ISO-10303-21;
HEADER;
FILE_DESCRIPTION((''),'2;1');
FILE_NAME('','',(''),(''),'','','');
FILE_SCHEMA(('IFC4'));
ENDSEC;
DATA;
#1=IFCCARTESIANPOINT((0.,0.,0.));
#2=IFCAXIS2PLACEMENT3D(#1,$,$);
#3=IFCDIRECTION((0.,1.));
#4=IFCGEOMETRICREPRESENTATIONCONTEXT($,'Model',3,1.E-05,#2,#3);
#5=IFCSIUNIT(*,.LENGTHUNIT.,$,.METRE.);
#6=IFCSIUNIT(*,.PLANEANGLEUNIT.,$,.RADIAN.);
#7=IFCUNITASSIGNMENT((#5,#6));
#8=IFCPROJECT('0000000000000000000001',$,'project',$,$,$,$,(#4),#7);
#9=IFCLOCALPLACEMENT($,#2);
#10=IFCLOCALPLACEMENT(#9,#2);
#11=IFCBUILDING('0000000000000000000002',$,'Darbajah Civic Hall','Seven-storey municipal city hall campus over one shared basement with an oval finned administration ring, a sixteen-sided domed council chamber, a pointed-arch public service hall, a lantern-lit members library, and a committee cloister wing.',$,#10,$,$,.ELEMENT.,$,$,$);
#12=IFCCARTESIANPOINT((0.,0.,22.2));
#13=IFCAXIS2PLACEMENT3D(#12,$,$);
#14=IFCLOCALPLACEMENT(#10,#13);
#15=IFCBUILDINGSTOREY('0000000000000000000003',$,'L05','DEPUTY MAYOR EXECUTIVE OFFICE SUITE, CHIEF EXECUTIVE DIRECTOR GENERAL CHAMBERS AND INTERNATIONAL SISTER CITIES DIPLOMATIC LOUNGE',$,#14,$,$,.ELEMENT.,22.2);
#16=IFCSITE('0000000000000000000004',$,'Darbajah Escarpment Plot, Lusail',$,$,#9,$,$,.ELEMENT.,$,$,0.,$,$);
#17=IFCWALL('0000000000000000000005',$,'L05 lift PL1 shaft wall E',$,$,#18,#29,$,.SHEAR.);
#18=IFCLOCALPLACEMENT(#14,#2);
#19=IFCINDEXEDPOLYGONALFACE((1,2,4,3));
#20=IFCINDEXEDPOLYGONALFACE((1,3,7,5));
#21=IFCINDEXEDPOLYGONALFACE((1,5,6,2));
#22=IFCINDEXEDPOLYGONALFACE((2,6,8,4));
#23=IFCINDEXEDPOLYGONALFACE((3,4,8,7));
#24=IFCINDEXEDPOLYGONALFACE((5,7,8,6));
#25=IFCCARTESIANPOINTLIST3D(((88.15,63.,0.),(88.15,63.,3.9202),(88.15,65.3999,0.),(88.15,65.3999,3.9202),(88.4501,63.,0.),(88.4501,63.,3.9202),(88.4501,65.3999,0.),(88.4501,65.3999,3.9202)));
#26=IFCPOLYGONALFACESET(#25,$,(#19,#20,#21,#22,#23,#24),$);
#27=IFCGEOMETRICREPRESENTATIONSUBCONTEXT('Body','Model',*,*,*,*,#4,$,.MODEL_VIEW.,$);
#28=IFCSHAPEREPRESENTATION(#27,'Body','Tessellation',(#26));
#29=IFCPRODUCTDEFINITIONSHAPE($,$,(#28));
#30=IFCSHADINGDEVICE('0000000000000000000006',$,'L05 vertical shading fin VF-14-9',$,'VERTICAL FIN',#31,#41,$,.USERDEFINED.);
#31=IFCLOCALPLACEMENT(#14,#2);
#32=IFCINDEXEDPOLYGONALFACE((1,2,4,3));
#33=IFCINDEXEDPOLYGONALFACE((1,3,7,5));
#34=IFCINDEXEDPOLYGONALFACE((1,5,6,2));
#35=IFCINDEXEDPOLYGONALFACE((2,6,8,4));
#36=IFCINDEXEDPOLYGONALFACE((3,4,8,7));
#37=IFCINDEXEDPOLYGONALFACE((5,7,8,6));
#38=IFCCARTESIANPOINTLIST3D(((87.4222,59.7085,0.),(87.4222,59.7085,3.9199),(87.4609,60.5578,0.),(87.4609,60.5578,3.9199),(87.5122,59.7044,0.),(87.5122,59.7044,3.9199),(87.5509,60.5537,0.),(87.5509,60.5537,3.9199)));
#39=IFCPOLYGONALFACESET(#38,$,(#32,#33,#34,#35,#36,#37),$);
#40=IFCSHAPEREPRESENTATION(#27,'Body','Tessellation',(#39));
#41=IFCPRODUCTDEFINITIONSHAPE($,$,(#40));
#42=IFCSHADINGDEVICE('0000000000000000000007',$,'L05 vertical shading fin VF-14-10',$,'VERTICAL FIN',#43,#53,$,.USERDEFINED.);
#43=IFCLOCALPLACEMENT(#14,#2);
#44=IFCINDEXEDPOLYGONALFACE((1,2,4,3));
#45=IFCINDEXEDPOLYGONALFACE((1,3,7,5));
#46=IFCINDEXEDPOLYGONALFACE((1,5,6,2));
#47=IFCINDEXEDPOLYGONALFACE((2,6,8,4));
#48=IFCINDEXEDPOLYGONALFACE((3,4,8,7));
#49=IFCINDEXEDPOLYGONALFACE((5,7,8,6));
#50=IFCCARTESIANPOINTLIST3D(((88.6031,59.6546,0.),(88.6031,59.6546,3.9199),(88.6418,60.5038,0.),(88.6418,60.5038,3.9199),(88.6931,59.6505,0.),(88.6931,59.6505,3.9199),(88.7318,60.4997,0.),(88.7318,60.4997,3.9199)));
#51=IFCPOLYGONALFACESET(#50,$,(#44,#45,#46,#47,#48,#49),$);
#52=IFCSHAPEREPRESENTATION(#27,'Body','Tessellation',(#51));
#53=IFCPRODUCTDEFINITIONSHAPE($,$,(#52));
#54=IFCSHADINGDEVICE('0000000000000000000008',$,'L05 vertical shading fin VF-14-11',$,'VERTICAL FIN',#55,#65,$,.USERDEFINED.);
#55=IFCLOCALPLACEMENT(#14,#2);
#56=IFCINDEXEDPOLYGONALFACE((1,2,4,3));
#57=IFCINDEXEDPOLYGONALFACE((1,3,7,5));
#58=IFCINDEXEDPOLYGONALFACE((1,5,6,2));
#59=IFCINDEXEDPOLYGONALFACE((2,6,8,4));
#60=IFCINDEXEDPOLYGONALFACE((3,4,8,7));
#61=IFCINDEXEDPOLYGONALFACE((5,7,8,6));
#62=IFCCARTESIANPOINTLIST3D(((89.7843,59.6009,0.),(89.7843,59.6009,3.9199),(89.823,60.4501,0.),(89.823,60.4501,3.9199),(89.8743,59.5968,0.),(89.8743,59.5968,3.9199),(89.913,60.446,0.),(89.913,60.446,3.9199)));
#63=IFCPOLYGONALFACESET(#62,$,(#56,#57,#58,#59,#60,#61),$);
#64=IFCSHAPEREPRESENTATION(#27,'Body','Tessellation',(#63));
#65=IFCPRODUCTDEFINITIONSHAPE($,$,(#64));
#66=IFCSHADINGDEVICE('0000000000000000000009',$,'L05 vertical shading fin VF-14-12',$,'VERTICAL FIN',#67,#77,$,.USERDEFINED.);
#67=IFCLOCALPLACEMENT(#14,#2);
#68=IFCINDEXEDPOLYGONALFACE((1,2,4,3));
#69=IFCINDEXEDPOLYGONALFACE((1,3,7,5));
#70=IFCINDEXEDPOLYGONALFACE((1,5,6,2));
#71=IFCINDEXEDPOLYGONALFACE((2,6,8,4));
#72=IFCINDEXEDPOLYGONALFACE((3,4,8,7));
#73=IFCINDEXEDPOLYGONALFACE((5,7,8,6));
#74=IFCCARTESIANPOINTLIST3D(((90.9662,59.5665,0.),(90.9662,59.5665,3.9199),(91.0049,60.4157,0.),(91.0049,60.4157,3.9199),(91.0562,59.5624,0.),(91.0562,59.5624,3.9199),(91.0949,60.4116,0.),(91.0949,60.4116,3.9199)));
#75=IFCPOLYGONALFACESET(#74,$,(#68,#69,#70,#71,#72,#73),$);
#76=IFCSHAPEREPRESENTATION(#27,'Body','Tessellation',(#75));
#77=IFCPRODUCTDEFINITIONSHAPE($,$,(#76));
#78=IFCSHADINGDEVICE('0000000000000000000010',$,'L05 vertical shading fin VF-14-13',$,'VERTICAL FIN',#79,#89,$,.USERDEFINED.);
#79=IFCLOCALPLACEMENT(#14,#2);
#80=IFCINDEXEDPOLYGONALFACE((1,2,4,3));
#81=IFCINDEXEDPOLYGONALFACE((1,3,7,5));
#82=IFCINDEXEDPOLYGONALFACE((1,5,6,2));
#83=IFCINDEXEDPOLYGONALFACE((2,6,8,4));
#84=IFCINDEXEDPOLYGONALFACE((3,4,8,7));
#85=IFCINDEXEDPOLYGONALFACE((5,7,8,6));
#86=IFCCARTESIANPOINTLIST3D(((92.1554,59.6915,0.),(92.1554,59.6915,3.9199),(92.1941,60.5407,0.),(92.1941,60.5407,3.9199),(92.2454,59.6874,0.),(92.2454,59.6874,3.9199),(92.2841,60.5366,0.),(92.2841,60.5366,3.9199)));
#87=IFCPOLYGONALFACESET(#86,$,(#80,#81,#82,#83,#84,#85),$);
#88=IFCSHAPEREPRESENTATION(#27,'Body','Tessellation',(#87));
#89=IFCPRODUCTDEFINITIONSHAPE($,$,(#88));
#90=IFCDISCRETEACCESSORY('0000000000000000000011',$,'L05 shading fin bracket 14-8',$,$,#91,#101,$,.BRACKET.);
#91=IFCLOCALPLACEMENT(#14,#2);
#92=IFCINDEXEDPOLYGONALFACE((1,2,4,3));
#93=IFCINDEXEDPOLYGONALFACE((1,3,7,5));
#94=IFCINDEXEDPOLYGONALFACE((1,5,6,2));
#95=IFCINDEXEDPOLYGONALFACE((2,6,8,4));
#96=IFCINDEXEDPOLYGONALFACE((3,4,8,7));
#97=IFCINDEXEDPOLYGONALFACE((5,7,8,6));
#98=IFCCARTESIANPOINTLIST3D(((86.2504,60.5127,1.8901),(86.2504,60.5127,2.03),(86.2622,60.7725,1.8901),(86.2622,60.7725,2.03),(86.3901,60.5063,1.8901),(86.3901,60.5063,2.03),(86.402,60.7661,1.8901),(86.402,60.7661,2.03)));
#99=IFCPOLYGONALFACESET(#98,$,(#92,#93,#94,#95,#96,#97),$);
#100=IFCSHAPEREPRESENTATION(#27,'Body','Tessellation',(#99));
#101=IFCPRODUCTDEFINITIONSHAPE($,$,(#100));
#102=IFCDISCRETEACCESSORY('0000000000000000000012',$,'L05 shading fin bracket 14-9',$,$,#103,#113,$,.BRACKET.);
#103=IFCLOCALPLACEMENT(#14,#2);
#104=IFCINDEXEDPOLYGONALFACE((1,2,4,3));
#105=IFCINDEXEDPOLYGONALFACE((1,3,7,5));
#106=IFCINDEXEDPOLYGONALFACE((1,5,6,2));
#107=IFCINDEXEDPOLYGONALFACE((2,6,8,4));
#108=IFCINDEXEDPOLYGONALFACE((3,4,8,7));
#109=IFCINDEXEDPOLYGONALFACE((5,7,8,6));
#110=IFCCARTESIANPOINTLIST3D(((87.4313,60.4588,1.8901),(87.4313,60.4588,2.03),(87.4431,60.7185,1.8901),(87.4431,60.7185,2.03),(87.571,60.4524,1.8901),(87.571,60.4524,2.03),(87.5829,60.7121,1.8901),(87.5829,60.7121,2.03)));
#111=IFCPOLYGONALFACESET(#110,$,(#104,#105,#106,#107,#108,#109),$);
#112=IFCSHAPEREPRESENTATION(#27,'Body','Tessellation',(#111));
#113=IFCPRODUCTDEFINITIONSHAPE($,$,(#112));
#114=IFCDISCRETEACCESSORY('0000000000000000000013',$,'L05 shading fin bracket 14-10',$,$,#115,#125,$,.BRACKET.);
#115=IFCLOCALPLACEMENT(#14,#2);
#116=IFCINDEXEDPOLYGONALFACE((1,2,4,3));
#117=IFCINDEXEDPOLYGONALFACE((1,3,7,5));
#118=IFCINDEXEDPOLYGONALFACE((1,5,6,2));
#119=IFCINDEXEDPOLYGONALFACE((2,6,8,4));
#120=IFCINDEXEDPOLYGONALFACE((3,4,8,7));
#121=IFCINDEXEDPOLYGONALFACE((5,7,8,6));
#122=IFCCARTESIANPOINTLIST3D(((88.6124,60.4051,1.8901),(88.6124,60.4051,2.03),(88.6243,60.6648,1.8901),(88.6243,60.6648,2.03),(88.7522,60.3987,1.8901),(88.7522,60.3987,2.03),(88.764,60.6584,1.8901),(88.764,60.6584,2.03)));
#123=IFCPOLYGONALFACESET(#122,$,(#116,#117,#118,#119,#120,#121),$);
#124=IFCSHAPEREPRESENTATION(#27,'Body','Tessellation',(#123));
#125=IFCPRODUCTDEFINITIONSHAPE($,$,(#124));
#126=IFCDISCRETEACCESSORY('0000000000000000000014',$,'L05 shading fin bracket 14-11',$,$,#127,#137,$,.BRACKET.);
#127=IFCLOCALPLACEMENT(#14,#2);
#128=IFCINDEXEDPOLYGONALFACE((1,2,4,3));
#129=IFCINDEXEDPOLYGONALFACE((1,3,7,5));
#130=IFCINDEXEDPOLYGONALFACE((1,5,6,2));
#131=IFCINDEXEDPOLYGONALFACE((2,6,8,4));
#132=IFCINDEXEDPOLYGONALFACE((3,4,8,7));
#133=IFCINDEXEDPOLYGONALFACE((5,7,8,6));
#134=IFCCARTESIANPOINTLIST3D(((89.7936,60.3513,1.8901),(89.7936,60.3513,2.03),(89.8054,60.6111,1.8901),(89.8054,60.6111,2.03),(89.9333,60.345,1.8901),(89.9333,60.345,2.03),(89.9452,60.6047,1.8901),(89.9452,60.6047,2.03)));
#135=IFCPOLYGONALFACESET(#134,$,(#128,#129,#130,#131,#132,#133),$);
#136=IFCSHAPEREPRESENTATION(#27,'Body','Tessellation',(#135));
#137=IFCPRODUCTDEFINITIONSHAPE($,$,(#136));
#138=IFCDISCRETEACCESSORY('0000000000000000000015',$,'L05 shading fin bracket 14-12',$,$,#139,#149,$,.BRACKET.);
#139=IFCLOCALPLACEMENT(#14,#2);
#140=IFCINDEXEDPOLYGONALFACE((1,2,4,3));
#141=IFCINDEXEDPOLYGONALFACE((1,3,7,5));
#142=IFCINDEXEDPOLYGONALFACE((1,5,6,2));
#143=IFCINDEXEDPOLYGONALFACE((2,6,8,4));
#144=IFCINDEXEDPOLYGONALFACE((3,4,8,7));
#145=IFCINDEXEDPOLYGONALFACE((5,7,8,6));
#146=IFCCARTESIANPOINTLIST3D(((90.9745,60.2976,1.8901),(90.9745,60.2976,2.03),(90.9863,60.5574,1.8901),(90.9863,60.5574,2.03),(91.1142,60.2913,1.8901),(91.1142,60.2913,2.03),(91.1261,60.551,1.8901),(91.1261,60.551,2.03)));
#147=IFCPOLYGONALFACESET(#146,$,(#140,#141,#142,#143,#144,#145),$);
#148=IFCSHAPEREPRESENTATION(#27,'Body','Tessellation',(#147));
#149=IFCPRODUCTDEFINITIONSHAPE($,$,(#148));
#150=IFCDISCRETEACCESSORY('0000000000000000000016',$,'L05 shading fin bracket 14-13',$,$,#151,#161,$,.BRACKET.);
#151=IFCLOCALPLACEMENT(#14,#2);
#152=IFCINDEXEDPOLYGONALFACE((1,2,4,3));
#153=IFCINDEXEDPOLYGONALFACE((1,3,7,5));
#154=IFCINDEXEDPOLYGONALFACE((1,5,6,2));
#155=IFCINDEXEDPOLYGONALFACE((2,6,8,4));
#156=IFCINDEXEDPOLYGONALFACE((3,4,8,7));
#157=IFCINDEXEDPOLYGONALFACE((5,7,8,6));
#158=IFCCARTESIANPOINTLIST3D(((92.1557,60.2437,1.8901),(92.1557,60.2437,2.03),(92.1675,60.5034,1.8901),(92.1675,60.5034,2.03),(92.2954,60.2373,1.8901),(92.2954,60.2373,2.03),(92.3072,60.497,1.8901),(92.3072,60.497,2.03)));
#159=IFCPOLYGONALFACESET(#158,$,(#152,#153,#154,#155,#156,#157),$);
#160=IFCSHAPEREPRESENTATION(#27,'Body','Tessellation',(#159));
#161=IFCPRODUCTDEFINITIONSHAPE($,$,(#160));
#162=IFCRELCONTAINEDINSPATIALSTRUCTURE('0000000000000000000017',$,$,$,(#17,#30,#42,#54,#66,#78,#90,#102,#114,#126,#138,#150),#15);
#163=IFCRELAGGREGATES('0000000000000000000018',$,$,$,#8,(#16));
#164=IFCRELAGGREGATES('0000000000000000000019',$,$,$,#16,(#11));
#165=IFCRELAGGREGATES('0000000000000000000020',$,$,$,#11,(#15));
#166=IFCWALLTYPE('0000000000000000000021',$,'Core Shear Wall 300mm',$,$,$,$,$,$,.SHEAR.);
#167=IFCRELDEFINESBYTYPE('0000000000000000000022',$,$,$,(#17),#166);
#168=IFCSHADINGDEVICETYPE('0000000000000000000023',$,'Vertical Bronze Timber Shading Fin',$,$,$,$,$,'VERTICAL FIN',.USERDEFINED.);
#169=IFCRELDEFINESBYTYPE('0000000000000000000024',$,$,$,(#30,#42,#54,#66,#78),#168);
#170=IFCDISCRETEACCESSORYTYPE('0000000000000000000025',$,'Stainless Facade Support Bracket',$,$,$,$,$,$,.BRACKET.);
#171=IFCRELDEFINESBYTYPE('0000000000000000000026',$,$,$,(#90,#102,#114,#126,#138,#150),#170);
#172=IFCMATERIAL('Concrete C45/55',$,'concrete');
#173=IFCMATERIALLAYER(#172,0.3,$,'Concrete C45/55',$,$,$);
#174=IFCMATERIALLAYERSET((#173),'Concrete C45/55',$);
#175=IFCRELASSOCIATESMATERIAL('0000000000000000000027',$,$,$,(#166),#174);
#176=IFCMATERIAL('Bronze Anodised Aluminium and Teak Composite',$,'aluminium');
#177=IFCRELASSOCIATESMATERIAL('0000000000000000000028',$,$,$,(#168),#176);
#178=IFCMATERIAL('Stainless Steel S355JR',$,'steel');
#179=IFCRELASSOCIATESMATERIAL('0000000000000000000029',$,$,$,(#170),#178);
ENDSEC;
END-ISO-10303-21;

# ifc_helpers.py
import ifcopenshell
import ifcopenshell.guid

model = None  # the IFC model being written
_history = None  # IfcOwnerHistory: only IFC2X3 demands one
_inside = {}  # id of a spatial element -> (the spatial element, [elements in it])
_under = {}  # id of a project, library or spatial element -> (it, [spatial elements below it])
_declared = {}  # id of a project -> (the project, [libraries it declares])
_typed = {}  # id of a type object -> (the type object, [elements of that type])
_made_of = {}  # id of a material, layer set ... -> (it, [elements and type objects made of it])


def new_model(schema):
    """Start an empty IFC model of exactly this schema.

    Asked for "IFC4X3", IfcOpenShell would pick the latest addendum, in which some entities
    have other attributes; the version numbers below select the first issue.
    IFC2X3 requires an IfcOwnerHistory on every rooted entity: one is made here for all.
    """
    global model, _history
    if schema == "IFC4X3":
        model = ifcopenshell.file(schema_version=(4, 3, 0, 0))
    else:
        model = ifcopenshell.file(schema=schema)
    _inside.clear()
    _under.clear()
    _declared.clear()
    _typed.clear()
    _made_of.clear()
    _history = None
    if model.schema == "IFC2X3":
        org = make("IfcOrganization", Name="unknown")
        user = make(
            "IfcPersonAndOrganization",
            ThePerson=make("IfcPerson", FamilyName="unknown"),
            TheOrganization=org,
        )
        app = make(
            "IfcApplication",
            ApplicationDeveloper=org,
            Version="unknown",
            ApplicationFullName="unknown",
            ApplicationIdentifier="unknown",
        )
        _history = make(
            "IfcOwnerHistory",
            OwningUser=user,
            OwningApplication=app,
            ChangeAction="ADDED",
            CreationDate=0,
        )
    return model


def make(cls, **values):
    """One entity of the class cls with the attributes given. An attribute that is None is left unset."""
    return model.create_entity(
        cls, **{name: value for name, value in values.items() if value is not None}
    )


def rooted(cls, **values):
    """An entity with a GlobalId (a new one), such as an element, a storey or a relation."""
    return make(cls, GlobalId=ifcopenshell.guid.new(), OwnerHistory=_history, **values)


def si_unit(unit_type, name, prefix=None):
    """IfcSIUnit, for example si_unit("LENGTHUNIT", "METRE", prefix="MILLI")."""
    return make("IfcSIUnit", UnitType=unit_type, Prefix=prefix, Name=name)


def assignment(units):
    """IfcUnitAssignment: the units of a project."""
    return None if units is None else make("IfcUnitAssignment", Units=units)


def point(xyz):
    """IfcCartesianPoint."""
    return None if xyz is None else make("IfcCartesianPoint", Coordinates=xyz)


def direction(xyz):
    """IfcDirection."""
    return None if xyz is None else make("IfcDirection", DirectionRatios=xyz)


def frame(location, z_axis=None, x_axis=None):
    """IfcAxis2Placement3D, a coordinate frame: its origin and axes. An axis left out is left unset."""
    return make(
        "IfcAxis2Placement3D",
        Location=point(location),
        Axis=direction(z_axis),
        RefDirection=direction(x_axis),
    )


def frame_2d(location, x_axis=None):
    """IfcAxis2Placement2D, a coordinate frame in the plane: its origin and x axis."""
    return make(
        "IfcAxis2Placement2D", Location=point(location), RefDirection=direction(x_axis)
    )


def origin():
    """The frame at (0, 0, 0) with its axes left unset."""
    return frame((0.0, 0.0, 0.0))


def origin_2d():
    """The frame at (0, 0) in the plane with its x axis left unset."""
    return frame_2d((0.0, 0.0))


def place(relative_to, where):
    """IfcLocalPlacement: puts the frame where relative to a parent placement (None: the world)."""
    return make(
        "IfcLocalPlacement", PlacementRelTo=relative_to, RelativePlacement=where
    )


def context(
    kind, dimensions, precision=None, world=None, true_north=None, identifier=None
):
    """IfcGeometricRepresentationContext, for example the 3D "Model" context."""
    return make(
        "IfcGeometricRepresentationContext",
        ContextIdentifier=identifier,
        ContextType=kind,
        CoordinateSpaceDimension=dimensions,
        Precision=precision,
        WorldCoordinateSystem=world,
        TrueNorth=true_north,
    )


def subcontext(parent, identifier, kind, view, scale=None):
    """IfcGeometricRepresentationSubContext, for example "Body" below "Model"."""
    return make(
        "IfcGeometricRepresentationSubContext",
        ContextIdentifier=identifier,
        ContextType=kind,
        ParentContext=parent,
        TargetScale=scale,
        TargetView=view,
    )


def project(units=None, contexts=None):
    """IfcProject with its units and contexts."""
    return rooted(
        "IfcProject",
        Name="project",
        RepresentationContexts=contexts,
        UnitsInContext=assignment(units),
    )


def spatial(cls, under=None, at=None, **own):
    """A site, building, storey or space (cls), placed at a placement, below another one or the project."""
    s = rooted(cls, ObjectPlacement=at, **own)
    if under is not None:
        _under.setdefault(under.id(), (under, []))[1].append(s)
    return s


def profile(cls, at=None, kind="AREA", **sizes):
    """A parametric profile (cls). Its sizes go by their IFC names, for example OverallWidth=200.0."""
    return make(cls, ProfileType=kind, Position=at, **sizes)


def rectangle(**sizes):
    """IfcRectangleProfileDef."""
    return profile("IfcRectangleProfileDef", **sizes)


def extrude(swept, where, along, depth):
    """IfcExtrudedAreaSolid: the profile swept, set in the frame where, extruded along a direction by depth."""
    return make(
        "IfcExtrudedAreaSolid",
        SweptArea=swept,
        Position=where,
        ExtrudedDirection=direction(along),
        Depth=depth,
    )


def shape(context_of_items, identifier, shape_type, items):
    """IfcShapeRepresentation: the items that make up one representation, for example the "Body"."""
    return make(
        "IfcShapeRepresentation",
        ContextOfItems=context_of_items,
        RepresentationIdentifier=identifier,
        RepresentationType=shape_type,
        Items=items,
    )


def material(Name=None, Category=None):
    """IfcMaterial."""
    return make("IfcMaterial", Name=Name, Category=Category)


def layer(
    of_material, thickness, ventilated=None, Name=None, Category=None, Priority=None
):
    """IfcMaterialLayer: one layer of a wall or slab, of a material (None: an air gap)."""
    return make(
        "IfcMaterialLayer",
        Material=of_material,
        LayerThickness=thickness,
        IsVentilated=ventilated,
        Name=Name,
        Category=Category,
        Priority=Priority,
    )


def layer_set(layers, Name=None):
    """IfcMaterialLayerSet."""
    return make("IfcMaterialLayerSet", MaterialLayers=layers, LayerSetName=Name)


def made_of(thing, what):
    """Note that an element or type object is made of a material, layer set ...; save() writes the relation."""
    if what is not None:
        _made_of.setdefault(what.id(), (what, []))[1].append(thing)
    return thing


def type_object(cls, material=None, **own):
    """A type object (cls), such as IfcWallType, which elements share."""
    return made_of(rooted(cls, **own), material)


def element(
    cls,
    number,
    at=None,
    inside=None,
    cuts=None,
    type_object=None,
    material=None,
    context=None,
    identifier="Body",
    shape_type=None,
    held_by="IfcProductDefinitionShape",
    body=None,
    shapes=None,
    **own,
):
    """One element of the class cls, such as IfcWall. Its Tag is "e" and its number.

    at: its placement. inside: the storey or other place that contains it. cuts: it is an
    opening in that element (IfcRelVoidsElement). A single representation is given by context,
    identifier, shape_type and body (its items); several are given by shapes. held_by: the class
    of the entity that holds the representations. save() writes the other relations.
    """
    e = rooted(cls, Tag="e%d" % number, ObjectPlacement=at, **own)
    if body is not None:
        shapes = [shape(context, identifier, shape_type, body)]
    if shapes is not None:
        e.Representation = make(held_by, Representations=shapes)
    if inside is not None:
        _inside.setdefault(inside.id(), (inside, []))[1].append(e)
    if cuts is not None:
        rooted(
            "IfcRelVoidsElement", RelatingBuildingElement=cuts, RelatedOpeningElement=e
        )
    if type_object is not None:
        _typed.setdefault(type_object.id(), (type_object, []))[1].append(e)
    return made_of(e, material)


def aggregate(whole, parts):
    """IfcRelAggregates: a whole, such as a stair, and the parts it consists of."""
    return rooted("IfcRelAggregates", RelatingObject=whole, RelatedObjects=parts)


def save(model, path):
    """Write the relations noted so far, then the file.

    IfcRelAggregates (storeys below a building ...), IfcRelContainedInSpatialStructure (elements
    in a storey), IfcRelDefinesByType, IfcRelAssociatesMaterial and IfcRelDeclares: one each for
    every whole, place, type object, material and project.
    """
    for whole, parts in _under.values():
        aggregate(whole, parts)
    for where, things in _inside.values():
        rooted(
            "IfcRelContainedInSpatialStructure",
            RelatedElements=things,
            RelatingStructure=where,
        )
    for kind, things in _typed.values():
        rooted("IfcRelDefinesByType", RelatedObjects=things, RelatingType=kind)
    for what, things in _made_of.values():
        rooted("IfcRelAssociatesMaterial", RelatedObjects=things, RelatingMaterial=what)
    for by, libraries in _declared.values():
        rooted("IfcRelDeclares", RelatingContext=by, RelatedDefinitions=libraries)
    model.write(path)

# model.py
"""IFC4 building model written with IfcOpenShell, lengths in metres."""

from ifc_helpers import new_model, si_unit, direction, frame, frame_2d, origin, origin_2d, place, context, subcontext, project, spatial, rectangle, extrude, material, layer, layer_set, type_object, element, save


model = new_model("IFC4")

# Units and contexts
model_context = context("Model", 3, precision=1e-05, world=origin(), true_north=direction((0.0, 1.0)))
body_context = subcontext(model_context, "Body", "Model", "MODEL_VIEW")
ifc_project = project(units=[si_unit("LENGTHUNIT", "METRE"), si_unit("PLANEANGLEUNIT", "RADIAN")], contexts=[model_context])

# Site, building, storey
site_placement = place(None, origin())
site = spatial("IfcSite", under=ifc_project, at=site_placement, Name="Darbajah Escarpment Plot, Lusail", CompositionType="ELEMENT", RefElevation=0.0)
building_placement = place(site_placement, origin())
building = spatial("IfcBuilding", under=site, at=building_placement, Name="Darbajah Civic Hall", Description="Seven-storey municipal city hall campus over one shared basement with an oval finned administration ring, a sixteen-sided domed council chamber, a pointed-arch public service hall, a lantern-lit members library, and a committee cloister wing.", CompositionType="ELEMENT")
storey_placement = place(building_placement, frame((0.0, 0.0, 22.2)))
storey = spatial("IfcBuildingStorey", under=building, at=storey_placement, Name="L05", Description="DEPUTY MAYOR EXECUTIVE OFFICE SUITE, CHIEF EXECUTIVE DIRECTOR GENERAL CHAMBERS AND INTERNATIONAL SISTER CITIES DIPLOMATIC LOUNGE", CompositionType="ELEMENT", Elevation=22.2)

# Shared definitions
ifc_material_1 = material(Name="Concrete C45/55", Category="concrete")

# Shared definitions
ifc_layer_1 = layer(ifc_material_1, 0.3, Name="Concrete C45/55")
ifc_layer_set_1 = layer_set([ifc_layer_1], Name="Concrete C45/55")
wall_type = type_object("IfcWallType", Name="Core Shear Wall 300mm", PredefinedType="SHEAR", material=ifc_layer_set_1)

# Wall
wall_1_placement = place(storey_placement, frame((88.3, 63.0, 0.0), z_axis=(0.0, 0.0, 1.0), x_axis=(0.0, 1.0, 0.0)))
element("IfcWall", 1, at=wall_1_placement, inside=storey, type_object=wall_type, Name="L05 lift PL1 shaft wall E", PredefinedType="SHEAR", context=body_context, shape_type="SweptSolid", body=[
    extrude(rectangle(XDim=2.3999, YDim=0.3, at=frame_2d((1.2, 0.0))), origin(), (0.0, 0.0, 1.0), 3.9202),
])

# Shading devices
ifc_material_2 = material(Name="Bronze Anodised Aluminium and Teak Composite", Category="aluminium")
shading_device_type = type_object("IfcShadingDeviceType", Name="Vertical Bronze Timber Shading Fin", ElementType="VERTICAL FIN", PredefinedType="USERDEFINED", material=ifc_material_2)
for number, where, z_axis, x_axis, name in (
    (2, (87.4866, 60.1311, 0.0), (0.0, 0.0, 1.0), (-0.045537, -0.998963, 0.0), "L05 vertical shading fin VF-14-9"),
    (3, (88.6675, 60.0771, 0.0), (0.0, 0.0, 1.0), (-0.045537, -0.998963, 0.0), "L05 vertical shading fin VF-14-10"),
    (4, (89.8486, 60.0234, 0.0), (0.0, 0.0, 1.0), (-0.045537, -0.998963, 0.0), "L05 vertical shading fin VF-14-11"),
    (5, (91.0305, 59.989, 0.0), (0.0, 0.0, 1.0), (-0.045537, -0.998963, 0.0), "L05 vertical shading fin VF-14-12"),
    (6, (92.2197, 60.114, 0.0), (0.0, 0.0, 1.0), (-0.045537, -0.998963, 0.0), "L05 vertical shading fin VF-14-13"),
):
    element("IfcShadingDevice", number, at=place(storey_placement, frame(where, z_axis=z_axis, x_axis=x_axis)), inside=storey, type_object=shading_device_type, Name=name, ObjectType="VERTICAL FIN", PredefinedType="USERDEFINED", context=body_context, shape_type="SweptSolid", body=[
        extrude(rectangle(XDim=0.8501, YDim=0.0901, at=origin_2d()), origin(), (0.0, 0.0, 1.0), 3.9199),
    ])

# Discrete accessories
ifc_material_3 = material(Name="Stainless Steel S355JR", Category="steel")
discrete_accessory_type = type_object("IfcDiscreteAccessoryType", Name="Stainless Facade Support Bracket", PredefinedType="BRACKET", material=ifc_material_3)
for number, where, z_axis, x_axis, name in (
    (7, (86.3262, 60.6394, 1.8901), (0.0, 0.0, 1.0), (-0.045537, -0.998963, 0.0), "L05 shading fin bracket 14-8"),
    (8, (87.5071, 60.5854, 1.8901), (0.0, 0.0, 1.0), (-0.045537, -0.998963, 0.0), "L05 shading fin bracket 14-9"),
    (9, (88.6882, 60.5317, 1.8901), (0.0, 0.0, 1.0), (-0.045537, -0.998963, 0.0), "L05 shading fin bracket 14-10"),
    (10, (89.8694, 60.478, 1.8901), (0.0, 0.0, 1.0), (-0.045537, -0.998963, 0.0), "L05 shading fin bracket 14-11"),
    (11, (91.0503, 60.4243, 1.8901), (0.0, 0.0, 1.0), (-0.045537, -0.998963, 0.0), "L05 shading fin bracket 14-12"),
    (12, (92.2314, 60.3704, 1.8901), (0.0, 0.0, 1.0), (-0.045537, -0.998963, 0.0), "L05 shading fin bracket 14-13"),
):
    element("IfcDiscreteAccessory", number, at=place(storey_placement, frame(where, z_axis=z_axis, x_axis=x_axis)), inside=storey, type_object=discrete_accessory_type, Name=name, PredefinedType="BRACKET", context=body_context, shape_type="SweptSolid", body=[
        extrude(rectangle(XDim=0.26, YDim=0.1399, at=origin_2d()), origin(), (0.0, 0.0, 1.0), 0.1399),
    ])

save(model, "model.ifc")
